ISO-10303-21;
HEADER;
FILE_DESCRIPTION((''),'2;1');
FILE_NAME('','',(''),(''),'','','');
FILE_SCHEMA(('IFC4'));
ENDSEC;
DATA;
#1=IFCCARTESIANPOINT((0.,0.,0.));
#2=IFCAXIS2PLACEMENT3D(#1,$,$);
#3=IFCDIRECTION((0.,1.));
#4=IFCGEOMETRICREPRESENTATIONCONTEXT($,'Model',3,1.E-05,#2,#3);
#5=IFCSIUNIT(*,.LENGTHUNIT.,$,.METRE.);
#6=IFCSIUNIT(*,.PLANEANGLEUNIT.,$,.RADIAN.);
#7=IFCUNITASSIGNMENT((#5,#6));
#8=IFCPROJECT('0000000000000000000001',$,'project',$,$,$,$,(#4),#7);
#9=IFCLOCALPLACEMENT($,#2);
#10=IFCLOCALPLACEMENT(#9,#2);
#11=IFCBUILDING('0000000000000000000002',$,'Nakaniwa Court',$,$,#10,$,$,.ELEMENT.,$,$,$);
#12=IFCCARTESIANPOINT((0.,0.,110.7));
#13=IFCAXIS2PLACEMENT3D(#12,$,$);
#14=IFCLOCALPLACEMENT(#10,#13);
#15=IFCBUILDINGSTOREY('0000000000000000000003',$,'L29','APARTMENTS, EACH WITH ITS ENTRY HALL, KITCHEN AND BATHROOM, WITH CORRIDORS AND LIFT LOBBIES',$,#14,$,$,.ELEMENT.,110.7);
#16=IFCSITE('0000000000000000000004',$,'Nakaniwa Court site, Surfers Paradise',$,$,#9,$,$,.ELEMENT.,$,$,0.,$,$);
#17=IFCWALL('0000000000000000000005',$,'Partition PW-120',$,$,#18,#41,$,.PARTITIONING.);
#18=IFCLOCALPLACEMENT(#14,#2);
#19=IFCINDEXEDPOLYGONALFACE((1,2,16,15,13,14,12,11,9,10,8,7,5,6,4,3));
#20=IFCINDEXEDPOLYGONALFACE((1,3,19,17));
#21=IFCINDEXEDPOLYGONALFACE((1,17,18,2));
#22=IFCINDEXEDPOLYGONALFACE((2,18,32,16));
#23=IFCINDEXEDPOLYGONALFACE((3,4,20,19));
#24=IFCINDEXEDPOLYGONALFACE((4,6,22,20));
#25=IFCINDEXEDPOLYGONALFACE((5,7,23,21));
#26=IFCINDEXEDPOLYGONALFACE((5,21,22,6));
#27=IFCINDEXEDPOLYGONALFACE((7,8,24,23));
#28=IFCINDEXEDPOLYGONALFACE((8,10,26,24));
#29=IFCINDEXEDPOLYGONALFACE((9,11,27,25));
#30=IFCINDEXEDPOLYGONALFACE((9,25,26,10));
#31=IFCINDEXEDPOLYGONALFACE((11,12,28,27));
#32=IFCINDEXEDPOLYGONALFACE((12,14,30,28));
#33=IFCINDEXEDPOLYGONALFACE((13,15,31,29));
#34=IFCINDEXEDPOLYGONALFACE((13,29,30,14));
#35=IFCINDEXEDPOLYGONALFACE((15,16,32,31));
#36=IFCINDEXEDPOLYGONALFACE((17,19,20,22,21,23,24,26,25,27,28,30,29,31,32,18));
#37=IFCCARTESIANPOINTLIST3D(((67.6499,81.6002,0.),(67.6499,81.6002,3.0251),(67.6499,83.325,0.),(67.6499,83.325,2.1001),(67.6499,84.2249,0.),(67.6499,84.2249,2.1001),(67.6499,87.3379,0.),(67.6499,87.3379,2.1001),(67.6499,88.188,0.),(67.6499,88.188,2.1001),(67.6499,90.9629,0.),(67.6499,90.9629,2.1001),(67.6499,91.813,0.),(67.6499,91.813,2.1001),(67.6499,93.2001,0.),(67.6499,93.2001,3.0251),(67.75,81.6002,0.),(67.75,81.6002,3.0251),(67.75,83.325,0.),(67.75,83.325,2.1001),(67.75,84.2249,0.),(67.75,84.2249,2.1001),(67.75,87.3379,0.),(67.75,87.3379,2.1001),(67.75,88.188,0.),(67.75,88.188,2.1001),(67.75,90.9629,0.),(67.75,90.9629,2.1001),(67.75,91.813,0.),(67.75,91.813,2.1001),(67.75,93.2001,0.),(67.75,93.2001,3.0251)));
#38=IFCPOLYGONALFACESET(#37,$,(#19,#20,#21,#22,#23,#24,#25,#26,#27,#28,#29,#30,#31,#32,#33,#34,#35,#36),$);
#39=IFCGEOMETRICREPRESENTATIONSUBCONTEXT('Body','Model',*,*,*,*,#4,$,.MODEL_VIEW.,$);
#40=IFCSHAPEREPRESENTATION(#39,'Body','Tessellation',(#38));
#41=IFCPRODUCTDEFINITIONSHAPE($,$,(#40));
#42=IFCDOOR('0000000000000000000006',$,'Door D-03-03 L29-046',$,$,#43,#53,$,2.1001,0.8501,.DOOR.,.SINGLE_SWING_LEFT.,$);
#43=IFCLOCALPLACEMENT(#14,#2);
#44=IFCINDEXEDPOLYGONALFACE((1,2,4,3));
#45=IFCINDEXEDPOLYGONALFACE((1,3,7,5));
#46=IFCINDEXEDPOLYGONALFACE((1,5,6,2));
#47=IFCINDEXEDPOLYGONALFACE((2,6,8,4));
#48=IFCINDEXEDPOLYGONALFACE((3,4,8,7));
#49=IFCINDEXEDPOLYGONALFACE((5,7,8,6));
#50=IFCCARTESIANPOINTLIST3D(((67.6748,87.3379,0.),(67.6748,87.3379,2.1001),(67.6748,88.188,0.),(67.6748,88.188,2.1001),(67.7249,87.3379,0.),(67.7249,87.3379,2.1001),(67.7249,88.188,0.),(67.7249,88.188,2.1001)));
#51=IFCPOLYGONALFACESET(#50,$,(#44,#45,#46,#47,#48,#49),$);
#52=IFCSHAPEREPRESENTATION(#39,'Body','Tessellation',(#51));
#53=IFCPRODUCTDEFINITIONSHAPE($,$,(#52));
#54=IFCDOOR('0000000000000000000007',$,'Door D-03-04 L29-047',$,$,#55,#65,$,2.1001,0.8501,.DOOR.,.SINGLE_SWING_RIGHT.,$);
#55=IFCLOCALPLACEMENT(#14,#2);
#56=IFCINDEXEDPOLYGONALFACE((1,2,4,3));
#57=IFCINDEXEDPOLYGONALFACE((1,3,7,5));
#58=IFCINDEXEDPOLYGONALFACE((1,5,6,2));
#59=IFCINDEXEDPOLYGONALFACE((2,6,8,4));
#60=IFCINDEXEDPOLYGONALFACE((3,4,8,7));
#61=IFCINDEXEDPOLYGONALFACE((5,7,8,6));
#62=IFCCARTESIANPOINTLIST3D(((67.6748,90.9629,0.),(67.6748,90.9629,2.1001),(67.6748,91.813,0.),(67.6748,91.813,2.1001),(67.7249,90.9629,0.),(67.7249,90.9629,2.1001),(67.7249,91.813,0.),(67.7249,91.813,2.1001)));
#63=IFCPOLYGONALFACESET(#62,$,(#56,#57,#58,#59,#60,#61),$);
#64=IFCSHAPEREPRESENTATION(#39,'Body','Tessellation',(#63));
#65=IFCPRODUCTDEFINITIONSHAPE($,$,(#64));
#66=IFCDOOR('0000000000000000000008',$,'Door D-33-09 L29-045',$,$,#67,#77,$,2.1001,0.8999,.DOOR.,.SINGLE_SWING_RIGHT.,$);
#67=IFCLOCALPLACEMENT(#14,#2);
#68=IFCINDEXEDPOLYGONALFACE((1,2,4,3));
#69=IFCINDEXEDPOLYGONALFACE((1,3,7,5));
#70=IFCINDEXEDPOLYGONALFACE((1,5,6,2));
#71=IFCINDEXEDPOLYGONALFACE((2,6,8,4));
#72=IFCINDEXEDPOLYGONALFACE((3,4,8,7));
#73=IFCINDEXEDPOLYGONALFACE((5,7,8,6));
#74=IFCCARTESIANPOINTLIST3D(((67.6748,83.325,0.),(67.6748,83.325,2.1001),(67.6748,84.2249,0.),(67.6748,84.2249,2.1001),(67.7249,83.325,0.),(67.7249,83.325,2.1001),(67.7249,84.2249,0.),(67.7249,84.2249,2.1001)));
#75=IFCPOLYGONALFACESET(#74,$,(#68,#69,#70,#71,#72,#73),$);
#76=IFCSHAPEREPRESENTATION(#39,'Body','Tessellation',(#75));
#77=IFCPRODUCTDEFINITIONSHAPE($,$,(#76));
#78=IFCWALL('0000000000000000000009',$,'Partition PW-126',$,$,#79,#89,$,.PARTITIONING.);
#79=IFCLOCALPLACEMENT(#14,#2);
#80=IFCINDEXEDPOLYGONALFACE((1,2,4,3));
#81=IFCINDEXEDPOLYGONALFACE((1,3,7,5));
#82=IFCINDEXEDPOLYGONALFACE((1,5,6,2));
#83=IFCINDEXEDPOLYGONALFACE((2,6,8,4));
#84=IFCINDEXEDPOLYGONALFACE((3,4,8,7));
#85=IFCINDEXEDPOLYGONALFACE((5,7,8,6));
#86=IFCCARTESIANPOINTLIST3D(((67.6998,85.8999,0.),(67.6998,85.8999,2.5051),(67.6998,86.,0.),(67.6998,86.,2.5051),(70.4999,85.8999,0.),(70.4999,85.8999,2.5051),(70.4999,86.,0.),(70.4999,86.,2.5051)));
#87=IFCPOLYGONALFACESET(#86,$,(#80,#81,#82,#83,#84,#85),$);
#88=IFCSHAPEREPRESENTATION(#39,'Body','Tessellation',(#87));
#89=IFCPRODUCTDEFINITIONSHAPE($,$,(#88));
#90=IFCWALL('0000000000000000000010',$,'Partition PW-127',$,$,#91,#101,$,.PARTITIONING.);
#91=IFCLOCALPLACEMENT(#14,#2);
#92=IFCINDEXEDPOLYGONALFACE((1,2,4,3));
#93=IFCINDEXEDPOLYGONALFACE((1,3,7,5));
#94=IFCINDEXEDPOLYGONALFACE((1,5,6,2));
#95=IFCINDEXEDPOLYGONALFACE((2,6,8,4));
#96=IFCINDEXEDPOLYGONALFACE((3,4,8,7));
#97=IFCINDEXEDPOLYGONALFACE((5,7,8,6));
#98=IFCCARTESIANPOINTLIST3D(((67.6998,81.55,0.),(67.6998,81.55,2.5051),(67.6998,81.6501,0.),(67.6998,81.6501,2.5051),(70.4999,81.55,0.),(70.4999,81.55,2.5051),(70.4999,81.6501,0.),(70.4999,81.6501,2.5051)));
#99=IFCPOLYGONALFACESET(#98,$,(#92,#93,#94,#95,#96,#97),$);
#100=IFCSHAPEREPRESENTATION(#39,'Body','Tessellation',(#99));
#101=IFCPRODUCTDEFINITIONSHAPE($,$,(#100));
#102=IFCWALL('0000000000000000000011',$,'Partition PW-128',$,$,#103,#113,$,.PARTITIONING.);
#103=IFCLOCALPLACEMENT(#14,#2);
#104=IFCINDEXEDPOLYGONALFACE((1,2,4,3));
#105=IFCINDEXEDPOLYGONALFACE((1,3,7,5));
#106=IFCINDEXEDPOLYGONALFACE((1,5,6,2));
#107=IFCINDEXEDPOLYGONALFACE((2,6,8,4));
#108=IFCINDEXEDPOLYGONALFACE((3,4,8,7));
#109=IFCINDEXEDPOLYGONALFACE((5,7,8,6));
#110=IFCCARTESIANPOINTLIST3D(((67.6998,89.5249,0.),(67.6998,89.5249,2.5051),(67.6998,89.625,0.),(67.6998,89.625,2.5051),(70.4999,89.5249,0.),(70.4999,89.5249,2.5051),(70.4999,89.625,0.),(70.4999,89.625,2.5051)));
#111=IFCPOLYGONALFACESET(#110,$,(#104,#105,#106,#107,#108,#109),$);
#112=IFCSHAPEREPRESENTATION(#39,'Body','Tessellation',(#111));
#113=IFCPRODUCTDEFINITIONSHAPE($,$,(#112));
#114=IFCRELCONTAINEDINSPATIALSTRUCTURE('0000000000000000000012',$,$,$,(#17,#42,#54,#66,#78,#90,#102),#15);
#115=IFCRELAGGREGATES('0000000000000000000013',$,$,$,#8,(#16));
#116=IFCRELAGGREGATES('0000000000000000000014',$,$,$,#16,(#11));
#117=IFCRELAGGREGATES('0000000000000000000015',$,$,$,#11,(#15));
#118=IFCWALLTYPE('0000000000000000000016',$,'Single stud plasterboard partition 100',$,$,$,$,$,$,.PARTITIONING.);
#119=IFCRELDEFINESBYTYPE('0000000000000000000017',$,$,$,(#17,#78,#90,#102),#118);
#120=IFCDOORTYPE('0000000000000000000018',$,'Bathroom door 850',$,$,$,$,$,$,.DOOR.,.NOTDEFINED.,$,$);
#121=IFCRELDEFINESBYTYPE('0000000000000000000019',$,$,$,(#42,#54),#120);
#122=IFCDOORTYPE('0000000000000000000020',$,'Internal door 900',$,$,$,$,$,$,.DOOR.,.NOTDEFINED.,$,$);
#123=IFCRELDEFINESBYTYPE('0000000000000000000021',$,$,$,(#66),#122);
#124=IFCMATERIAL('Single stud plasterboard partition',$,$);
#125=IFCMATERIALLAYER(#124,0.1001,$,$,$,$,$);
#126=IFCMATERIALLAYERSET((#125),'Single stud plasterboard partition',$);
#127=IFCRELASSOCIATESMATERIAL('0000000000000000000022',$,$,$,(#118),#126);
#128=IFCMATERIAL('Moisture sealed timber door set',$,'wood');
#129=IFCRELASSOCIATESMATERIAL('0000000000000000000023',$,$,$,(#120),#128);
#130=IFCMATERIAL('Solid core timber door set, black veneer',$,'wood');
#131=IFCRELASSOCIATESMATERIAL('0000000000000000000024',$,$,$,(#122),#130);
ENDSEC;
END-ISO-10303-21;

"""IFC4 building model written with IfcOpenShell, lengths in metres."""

from ifc_helpers import new_model, si_unit, direction, frame, frame_2d, origin, place, context, subcontext, project, spatial, rectangle, extrude, material, layer, layer_set, type_object, element, fill, save


model = new_model("IFC4")

# Units and contexts
model_context = context("Model", 3, precision=1e-05, world=origin(), true_north=direction((0.0, 1.0)))
body_context = subcontext(model_context, "Body", "Model", "MODEL_VIEW")
ifc_project = project(units=[si_unit("LENGTHUNIT", "METRE"), si_unit("PLANEANGLEUNIT", "RADIAN")], contexts=[model_context])

# Site, building, storey
site_placement = place(None, origin())
site = spatial("IfcSite", under=ifc_project, at=site_placement, Name="Nakaniwa Court site, Surfers Paradise", CompositionType="ELEMENT", RefElevation=0.0)
building_placement = place(site_placement, origin())
building = spatial("IfcBuilding", under=site, at=building_placement, Name="Nakaniwa Court", CompositionType="ELEMENT")
storey_placement = place(building_placement, frame((0.0, 0.0, 110.7)))
storey = spatial("IfcBuildingStorey", under=building, at=storey_placement, Name="L29", Description="APARTMENTS, EACH WITH ITS ENTRY HALL, KITCHEN AND BATHROOM, WITH CORRIDORS AND LIFT LOBBIES", CompositionType="ELEMENT", Elevation=110.7)

# Wall, openings, doors
ifc_material_1 = material(Name="Single stud plasterboard partition")
ifc_layer_1 = layer(ifc_material_1, 0.1001)
ifc_layer_set_1 = layer_set([ifc_layer_1], Name="Single stud plasterboard partition")
wall_type_1 = type_object("IfcWallType", Name="Single stud plasterboard partition 100", PredefinedType="PARTITIONING", material=ifc_layer_set_1)
wall_1_placement = place(storey_placement, frame((67.7, 93.2, 0.0), z_axis=(0.0, 0.0, 1.0), x_axis=(0.0, -1.0, 0.0)))
wall_1 = element("IfcWall", 1, at=wall_1_placement, inside=storey, type_object=wall_type_1, Name="Partition PW-120", PredefinedType="PARTITIONING", context=body_context, shape_type="SweptSolid", body=[
    extrude(rectangle(XDim=11.5999, YDim=0.1001, at=frame_2d((5.7998, 0.0))), origin(), (0.0, 0.0, 1.0), 3.0251),
])
opening_1_placement = place(wall_1_placement, frame((8.9751, 0.0, 0.0)))
opening_1 = element("IfcOpeningElement", 2, at=opening_1_placement, cuts=wall_1, PredefinedType="OPENING", context=body_context, shape_type="SweptSolid", body=[
    extrude(rectangle(XDim=0.8999, YDim=2.1001, at=frame_2d((0.45, 1.05))), frame((0.0, 0.0601, 0.0), z_axis=(0.0, -1.0, 0.0), x_axis=(1.0, 0.0, 0.0)), (0.0, 0.0, 1.0), 0.1201),
])
opening_2_placement = place(wall_1_placement, frame((5.012, 0.0, 0.0)))
opening_2 = element("IfcOpeningElement", 3, at=opening_2_placement, cuts=wall_1, PredefinedType="OPENING", context=body_context, shape_type="SweptSolid", body=[
    extrude(rectangle(XDim=0.8501, YDim=2.1001, at=frame_2d((0.425, 1.05))), frame((0.0, 0.0601, 0.0), z_axis=(0.0, -1.0, 0.0), x_axis=(1.0, 0.0, 0.0)), (0.0, 0.0, 1.0), 0.1201),
])
opening_3_placement = place(wall_1_placement, frame((1.387, 0.0, 0.0)))
opening_3 = element("IfcOpeningElement", 4, at=opening_3_placement, cuts=wall_1, PredefinedType="OPENING", context=body_context, shape_type="SweptSolid", body=[
    extrude(rectangle(XDim=0.8501, YDim=2.1001, at=frame_2d((0.425, 1.05))), frame((0.0, 0.0601, 0.0), z_axis=(0.0, -1.0, 0.0), x_axis=(1.0, 0.0, 0.0)), (0.0, 0.0, 1.0), 0.1201),
])
ifc_material_2 = material(Name="Moisture sealed timber door set", Category="wood")
door_type_1 = type_object("IfcDoorType", Name="Bathroom door 850", OperationType="NOTDEFINED", PredefinedType="DOOR", material=ifc_material_2)
door_1_placement = place(opening_2_placement, origin())
door_1 = element("IfcDoor", 5, at=door_1_placement, inside=storey, type_object=door_type_1, Name="Door D-03-03 L29-046", OperationType="SINGLE_SWING_LEFT", OverallHeight=2.1001, OverallWidth=0.8501, PredefinedType="DOOR", context=body_context, shape_type="SweptSolid", body=[
    extrude(rectangle(XDim=0.8501, YDim=2.1001, at=frame_2d((0.425, 1.05))), frame((0.0, 0.0249, 0.0), z_axis=(0.0, -1.0, 0.0), x_axis=(1.0, 0.0, 0.0)), (0.0, 0.0, 1.0), 0.05),
])
fill(opening_2, door_1)
door_2_placement = place(opening_3_placement, origin())
door_2 = element("IfcDoor", 6, at=door_2_placement, inside=storey, type_object=door_type_1, Name="Door D-03-04 L29-047", OperationType="SINGLE_SWING_RIGHT", OverallHeight=2.1001, OverallWidth=0.8501, PredefinedType="DOOR", context=body_context, shape_type="SweptSolid", body=[
    extrude(rectangle(XDim=0.8501, YDim=2.1001, at=frame_2d((0.425, 1.05))), frame((0.0, 0.0249, 0.0), z_axis=(0.0, -1.0, 0.0), x_axis=(1.0, 0.0, 0.0)), (0.0, 0.0, 1.0), 0.05),
])
fill(opening_3, door_2)
ifc_material_3 = material(Name="Solid core timber door set, black veneer", Category="wood")
door_type_2 = type_object("IfcDoorType", Name="Internal door 900", OperationType="NOTDEFINED", PredefinedType="DOOR", material=ifc_material_3)
door_3_placement = place(opening_1_placement, origin())
door_3 = element("IfcDoor", 7, at=door_3_placement, inside=storey, type_object=door_type_2, Name="Door D-33-09 L29-045", OperationType="SINGLE_SWING_RIGHT", OverallHeight=2.1001, OverallWidth=0.8999, PredefinedType="DOOR", context=body_context, shape_type="SweptSolid", body=[
    extrude(rectangle(XDim=0.8999, YDim=2.1001, at=frame_2d((0.45, 1.05))), frame((0.0, 0.0249, 0.0), z_axis=(0.0, -1.0, 0.0), x_axis=(1.0, 0.0, 0.0)), (0.0, 0.0, 1.0), 0.05),
])
fill(opening_1, door_3)

# Walls
for number, where, z_axis, x_axis, name in (
    (8, (67.7, 85.95, 0.0), (0.0, 0.0, 1.0), (1.0, 0.0, 0.0), "Partition PW-126"),
    (9, (67.7, 81.6001, 0.0), (0.0, 0.0, 1.0), (1.0, 0.0, 0.0), "Partition PW-127"),
    (10, (67.7, 89.575, 0.0), (0.0, 0.0, 1.0), (1.0, 0.0, 0.0), "Partition PW-128"),
):
    element("IfcWall", number, at=place(storey_placement, frame(where, z_axis=z_axis, x_axis=x_axis)), inside=storey, type_object=wall_type_1, Name=name, PredefinedType="PARTITIONING", context=body_context, shape_type="SweptSolid", body=[
        extrude(rectangle(XDim=2.8, YDim=0.1001, at=frame_2d((1.3999, 0.0))), origin(), (0.0, 0.0, 1.0), 2.5051),
    ])

save(model, "model.ifc")
